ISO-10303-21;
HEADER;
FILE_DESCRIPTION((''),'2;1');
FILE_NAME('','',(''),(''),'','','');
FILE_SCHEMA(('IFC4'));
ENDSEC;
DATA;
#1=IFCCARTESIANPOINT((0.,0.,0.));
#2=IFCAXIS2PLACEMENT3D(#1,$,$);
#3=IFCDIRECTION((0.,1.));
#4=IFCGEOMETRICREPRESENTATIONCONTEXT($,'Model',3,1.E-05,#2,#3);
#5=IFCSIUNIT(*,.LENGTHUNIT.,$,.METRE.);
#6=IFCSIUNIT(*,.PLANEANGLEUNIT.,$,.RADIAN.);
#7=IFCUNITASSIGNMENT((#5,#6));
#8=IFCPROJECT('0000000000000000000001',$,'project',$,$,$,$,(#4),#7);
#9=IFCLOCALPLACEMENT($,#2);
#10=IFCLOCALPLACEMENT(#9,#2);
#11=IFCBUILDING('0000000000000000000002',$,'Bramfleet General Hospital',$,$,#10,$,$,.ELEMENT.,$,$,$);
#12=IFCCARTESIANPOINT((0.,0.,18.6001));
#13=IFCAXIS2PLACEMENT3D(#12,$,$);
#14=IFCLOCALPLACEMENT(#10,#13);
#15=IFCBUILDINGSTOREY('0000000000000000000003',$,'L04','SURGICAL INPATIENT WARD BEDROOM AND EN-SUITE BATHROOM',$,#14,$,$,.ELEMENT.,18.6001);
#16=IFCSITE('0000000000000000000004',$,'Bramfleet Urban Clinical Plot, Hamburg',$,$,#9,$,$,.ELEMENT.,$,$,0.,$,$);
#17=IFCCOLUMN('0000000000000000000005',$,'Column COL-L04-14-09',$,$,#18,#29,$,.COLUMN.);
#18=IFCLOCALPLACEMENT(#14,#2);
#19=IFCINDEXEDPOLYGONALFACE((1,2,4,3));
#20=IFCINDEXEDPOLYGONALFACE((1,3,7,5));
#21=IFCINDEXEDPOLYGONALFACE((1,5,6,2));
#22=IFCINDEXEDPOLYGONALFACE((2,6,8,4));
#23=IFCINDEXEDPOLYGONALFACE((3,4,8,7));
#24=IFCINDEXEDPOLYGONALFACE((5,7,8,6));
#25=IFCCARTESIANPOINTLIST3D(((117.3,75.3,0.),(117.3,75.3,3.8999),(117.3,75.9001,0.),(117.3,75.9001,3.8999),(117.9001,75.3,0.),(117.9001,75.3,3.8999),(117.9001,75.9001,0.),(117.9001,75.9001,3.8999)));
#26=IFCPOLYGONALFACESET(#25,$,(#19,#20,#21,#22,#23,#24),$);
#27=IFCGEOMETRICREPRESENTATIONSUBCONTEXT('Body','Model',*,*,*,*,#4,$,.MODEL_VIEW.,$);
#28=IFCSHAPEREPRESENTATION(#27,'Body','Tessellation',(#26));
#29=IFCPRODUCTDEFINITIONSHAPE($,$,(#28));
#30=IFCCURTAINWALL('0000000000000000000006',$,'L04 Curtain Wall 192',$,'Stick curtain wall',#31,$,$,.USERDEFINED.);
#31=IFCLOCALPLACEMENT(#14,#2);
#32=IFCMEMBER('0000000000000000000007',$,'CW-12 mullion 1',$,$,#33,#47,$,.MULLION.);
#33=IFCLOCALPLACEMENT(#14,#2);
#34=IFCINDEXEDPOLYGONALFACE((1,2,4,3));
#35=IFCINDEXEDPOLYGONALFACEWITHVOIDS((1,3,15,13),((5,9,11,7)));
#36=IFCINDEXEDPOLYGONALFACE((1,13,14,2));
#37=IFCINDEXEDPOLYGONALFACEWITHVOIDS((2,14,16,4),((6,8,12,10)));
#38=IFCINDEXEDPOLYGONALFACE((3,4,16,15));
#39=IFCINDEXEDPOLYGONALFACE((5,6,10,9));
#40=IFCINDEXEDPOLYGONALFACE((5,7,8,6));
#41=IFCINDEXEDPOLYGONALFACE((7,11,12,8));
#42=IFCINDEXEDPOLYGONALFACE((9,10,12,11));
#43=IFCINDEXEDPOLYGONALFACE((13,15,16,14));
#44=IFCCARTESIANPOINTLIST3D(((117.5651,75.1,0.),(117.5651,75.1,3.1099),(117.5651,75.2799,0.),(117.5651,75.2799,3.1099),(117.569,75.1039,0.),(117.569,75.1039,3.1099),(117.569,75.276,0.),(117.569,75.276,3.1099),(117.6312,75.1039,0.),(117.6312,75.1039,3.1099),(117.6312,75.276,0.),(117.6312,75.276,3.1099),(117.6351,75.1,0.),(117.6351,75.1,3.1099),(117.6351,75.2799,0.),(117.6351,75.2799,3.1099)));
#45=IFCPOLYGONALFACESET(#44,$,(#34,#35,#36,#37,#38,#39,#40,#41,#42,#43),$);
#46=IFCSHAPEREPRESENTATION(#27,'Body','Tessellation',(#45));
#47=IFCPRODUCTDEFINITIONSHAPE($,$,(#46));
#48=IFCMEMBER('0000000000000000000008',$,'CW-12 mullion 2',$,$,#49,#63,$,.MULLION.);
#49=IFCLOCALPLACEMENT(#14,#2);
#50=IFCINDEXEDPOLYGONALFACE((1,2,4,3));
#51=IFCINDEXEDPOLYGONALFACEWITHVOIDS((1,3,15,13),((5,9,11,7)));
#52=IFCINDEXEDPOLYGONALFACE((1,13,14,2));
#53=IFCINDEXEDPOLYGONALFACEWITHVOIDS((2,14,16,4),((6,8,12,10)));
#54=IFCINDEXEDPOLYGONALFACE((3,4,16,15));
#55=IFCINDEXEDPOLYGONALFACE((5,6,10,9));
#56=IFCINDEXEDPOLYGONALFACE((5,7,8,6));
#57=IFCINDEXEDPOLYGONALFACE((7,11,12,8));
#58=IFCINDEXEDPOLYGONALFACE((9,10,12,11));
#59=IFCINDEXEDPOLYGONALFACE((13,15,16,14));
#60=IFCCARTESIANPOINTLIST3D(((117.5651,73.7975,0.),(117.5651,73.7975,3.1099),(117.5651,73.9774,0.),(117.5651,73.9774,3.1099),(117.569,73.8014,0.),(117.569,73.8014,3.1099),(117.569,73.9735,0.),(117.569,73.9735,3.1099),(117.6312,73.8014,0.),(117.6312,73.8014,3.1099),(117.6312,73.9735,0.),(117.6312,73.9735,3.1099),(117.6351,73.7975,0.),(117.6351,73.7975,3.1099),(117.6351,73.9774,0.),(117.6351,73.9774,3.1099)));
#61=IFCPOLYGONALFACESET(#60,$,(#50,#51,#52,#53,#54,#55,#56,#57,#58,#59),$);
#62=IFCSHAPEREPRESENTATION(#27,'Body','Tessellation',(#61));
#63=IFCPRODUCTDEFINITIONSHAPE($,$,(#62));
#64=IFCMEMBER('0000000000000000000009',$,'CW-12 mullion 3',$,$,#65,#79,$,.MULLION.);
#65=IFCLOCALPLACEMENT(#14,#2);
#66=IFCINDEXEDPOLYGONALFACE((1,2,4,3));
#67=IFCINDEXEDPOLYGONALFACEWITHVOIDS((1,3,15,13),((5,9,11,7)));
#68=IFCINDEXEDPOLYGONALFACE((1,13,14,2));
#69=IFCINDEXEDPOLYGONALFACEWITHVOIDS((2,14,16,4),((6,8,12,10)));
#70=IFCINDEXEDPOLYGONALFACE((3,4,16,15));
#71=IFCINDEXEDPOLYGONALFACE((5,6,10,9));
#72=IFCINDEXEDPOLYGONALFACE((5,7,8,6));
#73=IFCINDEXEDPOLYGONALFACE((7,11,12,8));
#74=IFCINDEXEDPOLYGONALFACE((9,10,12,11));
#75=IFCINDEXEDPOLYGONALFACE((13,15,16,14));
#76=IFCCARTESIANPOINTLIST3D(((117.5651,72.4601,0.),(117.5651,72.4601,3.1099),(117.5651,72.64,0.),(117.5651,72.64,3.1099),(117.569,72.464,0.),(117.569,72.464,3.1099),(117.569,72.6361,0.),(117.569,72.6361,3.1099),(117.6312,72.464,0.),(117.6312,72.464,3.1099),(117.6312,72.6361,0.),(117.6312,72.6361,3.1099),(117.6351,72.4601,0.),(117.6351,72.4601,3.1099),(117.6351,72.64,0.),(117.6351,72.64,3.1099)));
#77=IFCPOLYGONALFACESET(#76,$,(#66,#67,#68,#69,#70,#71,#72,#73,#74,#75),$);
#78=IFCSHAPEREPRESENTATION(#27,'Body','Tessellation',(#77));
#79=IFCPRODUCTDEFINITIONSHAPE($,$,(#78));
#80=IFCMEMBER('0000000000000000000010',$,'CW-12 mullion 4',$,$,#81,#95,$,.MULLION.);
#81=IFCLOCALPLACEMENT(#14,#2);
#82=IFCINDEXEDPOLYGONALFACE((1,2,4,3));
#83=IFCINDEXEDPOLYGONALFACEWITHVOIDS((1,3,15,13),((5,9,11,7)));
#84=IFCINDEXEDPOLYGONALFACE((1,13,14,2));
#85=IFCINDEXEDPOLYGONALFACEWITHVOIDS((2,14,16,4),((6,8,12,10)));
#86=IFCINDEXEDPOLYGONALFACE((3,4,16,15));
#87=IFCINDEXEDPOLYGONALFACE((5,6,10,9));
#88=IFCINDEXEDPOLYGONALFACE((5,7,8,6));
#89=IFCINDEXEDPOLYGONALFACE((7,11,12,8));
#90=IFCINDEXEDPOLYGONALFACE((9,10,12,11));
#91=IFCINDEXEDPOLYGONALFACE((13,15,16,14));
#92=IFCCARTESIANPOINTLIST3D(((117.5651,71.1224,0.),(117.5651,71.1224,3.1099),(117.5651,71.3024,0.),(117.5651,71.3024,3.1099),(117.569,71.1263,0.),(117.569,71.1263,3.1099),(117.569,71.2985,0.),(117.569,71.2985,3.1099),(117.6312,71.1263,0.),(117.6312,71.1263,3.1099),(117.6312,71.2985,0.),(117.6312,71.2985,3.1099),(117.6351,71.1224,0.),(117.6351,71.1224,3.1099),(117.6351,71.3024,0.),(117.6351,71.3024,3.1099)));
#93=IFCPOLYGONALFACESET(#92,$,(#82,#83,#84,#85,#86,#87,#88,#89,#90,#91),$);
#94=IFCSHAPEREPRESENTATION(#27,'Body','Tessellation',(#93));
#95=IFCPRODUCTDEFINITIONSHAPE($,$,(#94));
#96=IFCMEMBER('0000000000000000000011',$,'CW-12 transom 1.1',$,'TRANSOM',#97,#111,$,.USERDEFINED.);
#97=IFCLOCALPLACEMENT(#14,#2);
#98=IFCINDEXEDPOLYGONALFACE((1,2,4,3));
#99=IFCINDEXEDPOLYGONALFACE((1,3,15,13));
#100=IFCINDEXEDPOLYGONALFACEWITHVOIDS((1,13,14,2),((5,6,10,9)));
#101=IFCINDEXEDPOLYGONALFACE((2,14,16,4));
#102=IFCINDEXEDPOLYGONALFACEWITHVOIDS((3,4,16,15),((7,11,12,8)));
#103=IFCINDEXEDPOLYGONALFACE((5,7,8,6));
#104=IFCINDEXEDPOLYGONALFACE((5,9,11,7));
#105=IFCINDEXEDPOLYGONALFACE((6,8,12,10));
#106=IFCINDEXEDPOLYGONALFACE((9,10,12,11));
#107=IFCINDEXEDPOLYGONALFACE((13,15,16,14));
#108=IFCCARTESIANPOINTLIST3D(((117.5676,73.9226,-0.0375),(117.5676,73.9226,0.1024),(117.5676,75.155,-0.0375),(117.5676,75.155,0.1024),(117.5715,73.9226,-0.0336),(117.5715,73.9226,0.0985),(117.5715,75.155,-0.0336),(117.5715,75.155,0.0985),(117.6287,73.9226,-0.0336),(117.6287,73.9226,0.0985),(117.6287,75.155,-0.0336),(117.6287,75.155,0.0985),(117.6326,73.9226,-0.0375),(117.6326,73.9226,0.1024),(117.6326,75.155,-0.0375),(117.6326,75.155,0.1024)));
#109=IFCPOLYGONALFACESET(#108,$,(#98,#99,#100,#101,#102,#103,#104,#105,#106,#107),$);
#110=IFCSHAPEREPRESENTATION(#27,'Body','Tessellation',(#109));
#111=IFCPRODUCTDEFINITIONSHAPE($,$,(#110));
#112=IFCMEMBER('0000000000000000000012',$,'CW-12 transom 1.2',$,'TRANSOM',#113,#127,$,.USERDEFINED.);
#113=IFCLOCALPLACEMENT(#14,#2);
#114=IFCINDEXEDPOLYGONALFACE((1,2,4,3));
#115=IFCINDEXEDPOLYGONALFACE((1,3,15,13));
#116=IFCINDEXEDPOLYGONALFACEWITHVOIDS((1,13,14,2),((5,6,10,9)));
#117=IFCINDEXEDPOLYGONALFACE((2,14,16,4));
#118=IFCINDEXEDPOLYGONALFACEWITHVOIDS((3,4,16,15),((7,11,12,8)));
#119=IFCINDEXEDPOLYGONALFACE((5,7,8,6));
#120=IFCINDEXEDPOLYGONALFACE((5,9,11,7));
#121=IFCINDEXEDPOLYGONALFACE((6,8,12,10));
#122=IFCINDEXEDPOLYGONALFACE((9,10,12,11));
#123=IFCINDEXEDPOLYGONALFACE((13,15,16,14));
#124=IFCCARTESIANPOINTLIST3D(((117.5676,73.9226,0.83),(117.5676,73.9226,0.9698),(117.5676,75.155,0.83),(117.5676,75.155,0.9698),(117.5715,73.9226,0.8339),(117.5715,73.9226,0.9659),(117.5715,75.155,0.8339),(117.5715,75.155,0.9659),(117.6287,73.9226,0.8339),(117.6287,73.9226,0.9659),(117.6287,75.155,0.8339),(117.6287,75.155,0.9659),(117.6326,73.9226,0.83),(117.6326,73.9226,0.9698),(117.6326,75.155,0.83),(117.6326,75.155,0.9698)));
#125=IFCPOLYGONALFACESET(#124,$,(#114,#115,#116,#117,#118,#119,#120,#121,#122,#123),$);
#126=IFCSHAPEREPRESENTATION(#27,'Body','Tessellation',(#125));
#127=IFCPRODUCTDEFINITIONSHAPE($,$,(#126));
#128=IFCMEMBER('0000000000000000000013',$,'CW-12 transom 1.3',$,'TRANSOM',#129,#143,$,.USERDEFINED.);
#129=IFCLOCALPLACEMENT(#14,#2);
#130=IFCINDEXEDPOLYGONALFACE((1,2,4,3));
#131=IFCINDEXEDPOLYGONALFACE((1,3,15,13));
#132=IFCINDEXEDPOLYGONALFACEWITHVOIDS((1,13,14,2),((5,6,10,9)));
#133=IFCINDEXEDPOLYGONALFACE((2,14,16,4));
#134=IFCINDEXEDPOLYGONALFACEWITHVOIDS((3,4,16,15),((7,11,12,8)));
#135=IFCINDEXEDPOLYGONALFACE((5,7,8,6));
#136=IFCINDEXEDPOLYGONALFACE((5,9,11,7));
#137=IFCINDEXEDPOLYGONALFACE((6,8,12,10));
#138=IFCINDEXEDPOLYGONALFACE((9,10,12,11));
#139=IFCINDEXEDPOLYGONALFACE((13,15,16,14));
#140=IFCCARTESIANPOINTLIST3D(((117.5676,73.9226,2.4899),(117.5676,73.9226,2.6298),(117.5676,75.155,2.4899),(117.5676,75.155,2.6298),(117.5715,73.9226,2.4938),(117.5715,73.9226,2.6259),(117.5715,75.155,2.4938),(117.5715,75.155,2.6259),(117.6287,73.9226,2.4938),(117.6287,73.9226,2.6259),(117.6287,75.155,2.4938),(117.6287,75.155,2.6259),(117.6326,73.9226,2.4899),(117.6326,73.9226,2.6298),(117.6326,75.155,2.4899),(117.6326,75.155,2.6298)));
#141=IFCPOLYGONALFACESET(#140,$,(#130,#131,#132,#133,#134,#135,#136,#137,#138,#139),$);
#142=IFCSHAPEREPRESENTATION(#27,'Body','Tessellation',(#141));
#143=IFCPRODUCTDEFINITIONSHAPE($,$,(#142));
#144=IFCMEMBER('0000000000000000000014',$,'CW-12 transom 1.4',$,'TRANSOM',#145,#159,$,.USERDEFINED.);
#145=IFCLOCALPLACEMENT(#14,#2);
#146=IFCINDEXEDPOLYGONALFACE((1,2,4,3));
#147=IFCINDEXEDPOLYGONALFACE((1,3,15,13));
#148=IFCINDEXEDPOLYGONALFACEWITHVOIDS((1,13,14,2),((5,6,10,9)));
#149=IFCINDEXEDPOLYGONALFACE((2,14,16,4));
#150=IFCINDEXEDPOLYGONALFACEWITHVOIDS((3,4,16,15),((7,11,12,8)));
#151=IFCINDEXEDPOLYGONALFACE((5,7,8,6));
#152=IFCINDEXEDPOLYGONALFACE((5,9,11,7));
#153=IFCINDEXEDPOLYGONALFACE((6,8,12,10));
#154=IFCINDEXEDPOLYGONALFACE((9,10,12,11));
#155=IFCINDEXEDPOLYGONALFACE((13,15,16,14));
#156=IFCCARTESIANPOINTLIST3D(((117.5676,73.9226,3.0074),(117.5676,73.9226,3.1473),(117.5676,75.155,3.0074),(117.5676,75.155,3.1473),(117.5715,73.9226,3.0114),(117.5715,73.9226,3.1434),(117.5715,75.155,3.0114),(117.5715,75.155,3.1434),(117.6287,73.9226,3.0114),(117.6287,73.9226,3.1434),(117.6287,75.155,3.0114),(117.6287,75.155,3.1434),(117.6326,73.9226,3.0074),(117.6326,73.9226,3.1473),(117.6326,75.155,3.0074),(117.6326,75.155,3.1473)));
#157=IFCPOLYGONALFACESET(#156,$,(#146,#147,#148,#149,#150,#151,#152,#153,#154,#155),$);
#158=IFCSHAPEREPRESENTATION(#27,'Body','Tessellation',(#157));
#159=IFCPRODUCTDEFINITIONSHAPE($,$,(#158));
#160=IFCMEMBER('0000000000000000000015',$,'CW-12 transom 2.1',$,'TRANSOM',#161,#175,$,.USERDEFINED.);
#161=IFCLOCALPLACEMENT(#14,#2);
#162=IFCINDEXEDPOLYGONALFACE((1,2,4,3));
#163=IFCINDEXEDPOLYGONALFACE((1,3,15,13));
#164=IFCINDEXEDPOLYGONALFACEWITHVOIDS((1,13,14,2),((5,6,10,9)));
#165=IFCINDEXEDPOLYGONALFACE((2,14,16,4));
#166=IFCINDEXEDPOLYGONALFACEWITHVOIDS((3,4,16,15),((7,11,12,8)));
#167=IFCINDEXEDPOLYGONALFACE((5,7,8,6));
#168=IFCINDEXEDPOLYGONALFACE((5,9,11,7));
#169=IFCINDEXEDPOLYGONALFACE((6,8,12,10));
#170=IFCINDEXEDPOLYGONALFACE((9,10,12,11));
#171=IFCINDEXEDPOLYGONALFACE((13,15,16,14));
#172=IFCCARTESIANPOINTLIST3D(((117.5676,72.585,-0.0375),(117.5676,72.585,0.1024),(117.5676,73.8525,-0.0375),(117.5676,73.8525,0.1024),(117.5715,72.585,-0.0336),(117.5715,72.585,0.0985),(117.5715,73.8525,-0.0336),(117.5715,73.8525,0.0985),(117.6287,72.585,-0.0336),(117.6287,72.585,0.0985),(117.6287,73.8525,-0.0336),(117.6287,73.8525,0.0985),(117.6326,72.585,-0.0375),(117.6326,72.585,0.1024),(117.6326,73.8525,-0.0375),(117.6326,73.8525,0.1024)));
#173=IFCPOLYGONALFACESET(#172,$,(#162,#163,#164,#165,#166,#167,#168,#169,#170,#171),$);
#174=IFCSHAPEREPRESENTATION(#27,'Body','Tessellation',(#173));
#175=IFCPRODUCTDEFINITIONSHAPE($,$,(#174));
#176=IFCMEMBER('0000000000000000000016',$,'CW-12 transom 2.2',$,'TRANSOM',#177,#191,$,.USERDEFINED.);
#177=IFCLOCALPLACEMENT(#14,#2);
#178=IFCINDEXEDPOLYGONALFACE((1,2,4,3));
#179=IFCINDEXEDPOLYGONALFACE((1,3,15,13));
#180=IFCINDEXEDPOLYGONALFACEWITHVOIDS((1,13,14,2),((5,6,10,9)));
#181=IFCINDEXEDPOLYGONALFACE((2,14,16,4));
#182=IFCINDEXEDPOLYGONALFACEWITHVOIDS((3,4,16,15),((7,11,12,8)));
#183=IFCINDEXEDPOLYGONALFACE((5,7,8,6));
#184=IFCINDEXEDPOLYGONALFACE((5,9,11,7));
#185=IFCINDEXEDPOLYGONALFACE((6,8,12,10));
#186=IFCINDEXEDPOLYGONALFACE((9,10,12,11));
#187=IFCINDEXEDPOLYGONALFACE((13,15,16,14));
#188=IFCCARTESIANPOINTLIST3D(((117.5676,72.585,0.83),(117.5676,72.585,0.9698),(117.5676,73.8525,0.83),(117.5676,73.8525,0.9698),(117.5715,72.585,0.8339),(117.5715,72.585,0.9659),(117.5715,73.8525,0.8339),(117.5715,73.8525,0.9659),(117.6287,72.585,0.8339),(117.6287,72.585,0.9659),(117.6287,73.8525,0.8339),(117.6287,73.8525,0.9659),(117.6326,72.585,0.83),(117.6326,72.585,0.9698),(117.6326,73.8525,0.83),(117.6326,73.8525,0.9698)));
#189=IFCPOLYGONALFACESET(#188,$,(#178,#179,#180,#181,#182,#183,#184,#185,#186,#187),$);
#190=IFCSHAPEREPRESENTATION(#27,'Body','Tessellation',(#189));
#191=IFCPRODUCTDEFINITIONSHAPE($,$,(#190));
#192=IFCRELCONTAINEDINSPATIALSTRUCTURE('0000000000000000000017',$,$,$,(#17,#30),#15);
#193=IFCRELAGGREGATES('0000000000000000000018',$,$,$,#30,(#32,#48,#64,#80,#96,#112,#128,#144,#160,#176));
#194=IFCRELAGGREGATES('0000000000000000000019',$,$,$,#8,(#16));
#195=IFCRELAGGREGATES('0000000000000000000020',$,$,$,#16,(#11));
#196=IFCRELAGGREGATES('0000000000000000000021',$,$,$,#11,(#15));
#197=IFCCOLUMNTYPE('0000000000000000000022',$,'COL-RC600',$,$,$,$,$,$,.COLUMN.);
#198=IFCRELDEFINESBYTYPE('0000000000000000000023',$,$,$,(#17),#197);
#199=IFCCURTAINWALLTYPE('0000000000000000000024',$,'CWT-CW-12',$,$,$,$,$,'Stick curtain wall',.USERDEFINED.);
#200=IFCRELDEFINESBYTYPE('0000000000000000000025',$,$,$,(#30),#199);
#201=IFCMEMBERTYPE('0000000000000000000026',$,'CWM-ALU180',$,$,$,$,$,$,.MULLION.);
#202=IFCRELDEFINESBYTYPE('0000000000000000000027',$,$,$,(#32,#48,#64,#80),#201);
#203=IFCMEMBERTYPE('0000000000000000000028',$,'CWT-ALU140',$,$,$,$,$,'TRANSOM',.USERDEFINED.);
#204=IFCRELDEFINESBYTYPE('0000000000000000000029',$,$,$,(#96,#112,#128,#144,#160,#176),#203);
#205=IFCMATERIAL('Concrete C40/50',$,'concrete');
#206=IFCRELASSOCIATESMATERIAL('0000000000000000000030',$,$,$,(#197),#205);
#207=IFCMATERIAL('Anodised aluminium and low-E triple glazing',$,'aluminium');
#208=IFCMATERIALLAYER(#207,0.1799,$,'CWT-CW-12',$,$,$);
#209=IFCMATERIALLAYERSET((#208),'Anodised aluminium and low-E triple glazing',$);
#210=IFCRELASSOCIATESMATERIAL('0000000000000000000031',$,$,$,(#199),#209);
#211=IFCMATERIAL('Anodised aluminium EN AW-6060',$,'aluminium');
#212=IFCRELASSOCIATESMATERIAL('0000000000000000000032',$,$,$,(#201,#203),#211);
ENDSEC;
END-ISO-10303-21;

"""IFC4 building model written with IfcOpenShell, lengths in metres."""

from ifc_helpers import new_model, si_unit, direction, frame, origin, origin_2d, place, context, subcontext, project, spatial, rectangle, hollow_rectangle, extrude, material, layer, layer_set, material_profile, profile_set, type_object, element, aggregate, save


model = new_model("IFC4")

# Units and contexts
model_context = context("Model", 3, precision=1e-05, world=origin(), true_north=direction((0.0, 1.0)))
body_context = subcontext(model_context, "Body", "Model", "MODEL_VIEW")
ifc_project = project(units=[si_unit("LENGTHUNIT", "METRE"), si_unit("PLANEANGLEUNIT", "RADIAN")], contexts=[model_context])

# Site, building, storey
site_placement = place(None, origin())
site = spatial("IfcSite", under=ifc_project, at=site_placement, Name="Bramfleet Urban Clinical Plot, Hamburg", CompositionType="ELEMENT", RefElevation=0.0)
building_placement = place(site_placement, origin())
building = spatial("IfcBuilding", under=site, at=building_placement, Name="Bramfleet General Hospital", CompositionType="ELEMENT")
storey_placement = place(building_placement, frame((0.0, 0.0, 18.6001)))
storey = spatial("IfcBuildingStorey", under=building, at=storey_placement, Name="L04", Description="SURGICAL INPATIENT WARD BEDROOM AND EN-SUITE BATHROOM", CompositionType="ELEMENT", Elevation=18.6001)

# Column
ifc_material_1 = material(Name="Concrete C40/50", Category="concrete")
ifc_material_profile_1 = material_profile(ifc_material_1, rectangle(XDim=0.6001, YDim=0.6001, at=origin_2d()), Name="RC COL 600x600")
ifc_profile_set_1 = profile_set([ifc_material_profile_1], Name="Concrete C40/50")
column_type = type_object("IfcColumnType", Name="COL-RC600", PredefinedType="COLUMN", material=ifc_profile_set_1)
column_placement = place(storey_placement, frame((117.6001, 75.6001, 0.0), z_axis=(0.0, 0.0, 1.0), x_axis=(1.0, 0.0, 0.0)))
element("IfcColumn", 1, at=column_placement, inside=storey, type_object=column_type, Name="Column COL-L04-14-09", PredefinedType="COLUMN", context=body_context, shape_type="SweptSolid", body=[
    extrude(rectangle(XDim=0.6001, YDim=0.6001, at=origin_2d()), origin(), (0.0, 0.0, 1.0), 3.8999),
])

# Curtain wall, members
ifc_material_2 = material(Name="Anodised aluminium and low-E triple glazing", Category="aluminium")
ifc_layer_1 = layer(ifc_material_2, 0.1799, Name="CWT-CW-12")
ifc_layer_set_1 = layer_set([ifc_layer_1], Name="Anodised aluminium and low-E triple glazing")
curtain_wall_type = type_object("IfcCurtainWallType", Name="CWT-CW-12", ElementType="Stick curtain wall", PredefinedType="USERDEFINED", material=ifc_layer_set_1)
curtain_wall_placement = place(storey_placement, origin())
curtain_wall = element("IfcCurtainWall", 2, at=curtain_wall_placement, inside=storey, type_object=curtain_wall_type, Name="L04 Curtain Wall 192", ObjectType="Stick curtain wall", PredefinedType="USERDEFINED")
ifc_material_3 = material(Name="Anodised aluminium EN AW-6060", Category="aluminium")
ifc_material_profile_2 = material_profile(ifc_material_3, hollow_rectangle(XDim=0.0701, YDim=0.1799, WallThickness=0.0039, at=origin_2d()), Name="ALU 180x70x4.0")
ifc_profile_set_2 = profile_set([ifc_material_profile_2], Name="Anodised aluminium EN AW-6060")
member_type_1 = type_object("IfcMemberType", Name="CWM-ALU180", PredefinedType="MULLION", material=ifc_profile_set_2)
member_1_placement = place(storey_placement, frame((117.6001, 75.1899, 0.0), z_axis=(0.0, 0.0, 1.0), x_axis=(1.0, 0.0, 0.0)))
member_1 = element("IfcMember", 3, at=member_1_placement, type_object=member_type_1, Name="CW-12 mullion 1", PredefinedType="MULLION", context=body_context, shape_type="SweptSolid", body=[
    extrude(hollow_rectangle(XDim=0.0701, YDim=0.1799, WallThickness=0.0039, at=origin_2d()), origin(), (0.0, 0.0, 1.0), 3.1099),
])
member_2_placement = place(storey_placement, frame((117.6001, 73.8875, 0.0), z_axis=(0.0, 0.0, 1.0), x_axis=(1.0, 0.0, 0.0)))
member_2 = element("IfcMember", 4, at=member_2_placement, type_object=member_type_1, Name="CW-12 mullion 2", PredefinedType="MULLION", context=body_context, shape_type="SweptSolid", body=[
    extrude(hollow_rectangle(XDim=0.0701, YDim=0.1799, WallThickness=0.0039, at=origin_2d()), origin(), (0.0, 0.0, 1.0), 3.1099),
])
member_3_placement = place(storey_placement, frame((117.6001, 72.55, 0.0), z_axis=(0.0, 0.0, 1.0), x_axis=(1.0, 0.0, 0.0)))
member_3 = element("IfcMember", 5, at=member_3_placement, type_object=member_type_1, Name="CW-12 mullion 3", PredefinedType="MULLION", context=body_context, shape_type="SweptSolid", body=[
    extrude(hollow_rectangle(XDim=0.0701, YDim=0.1799, WallThickness=0.0039, at=origin_2d()), origin(), (0.0, 0.0, 1.0), 3.1099),
])
member_4_placement = place(storey_placement, frame((117.6001, 71.2124, 0.0), z_axis=(0.0, 0.0, 1.0), x_axis=(1.0, 0.0, 0.0)))
member_4 = element("IfcMember", 6, at=member_4_placement, type_object=member_type_1, Name="CW-12 mullion 4", PredefinedType="MULLION", context=body_context, shape_type="SweptSolid", body=[
    extrude(hollow_rectangle(XDim=0.0701, YDim=0.1799, WallThickness=0.0039, at=origin_2d()), origin(), (0.0, 0.0, 1.0), 3.1099),
])
ifc_material_profile_3 = material_profile(ifc_material_3, hollow_rectangle(XDim=0.0649, YDim=0.1399, WallThickness=0.0039, at=origin_2d()), Name="ALU 140x65x4.0")
ifc_profile_set_3 = profile_set([ifc_material_profile_3], Name="Anodised aluminium EN AW-6060")
member_type_2 = type_object("IfcMemberType", Name="CWT-ALU140", ElementType="TRANSOM", PredefinedType="USERDEFINED", material=ifc_profile_set_3)
member_5_placement = place(storey_placement, frame((117.6001, 75.155, 0.0325), z_axis=(0.0, -1.0, 0.0), x_axis=(1.0, 0.0, 0.0)))
member_5 = element("IfcMember", 7, at=member_5_placement, type_object=member_type_2, Name="CW-12 transom 1.1", ObjectType="TRANSOM", PredefinedType="USERDEFINED", context=body_context, shape_type="SweptSolid", body=[
    extrude(hollow_rectangle(XDim=0.0649, YDim=0.1399, WallThickness=0.0039, at=origin_2d()), origin(), (0.0, 0.0, 1.0), 1.2324),
])
member_6_placement = place(storey_placement, frame((117.6001, 75.155, 0.8999), z_axis=(0.0, -1.0, 0.0), x_axis=(1.0, 0.0, 0.0)))
member_6 = element("IfcMember", 8, at=member_6_placement, type_object=member_type_2, Name="CW-12 transom 1.2", ObjectType="TRANSOM", PredefinedType="USERDEFINED", context=body_context, shape_type="SweptSolid", body=[
    extrude(hollow_rectangle(XDim=0.0649, YDim=0.1399, WallThickness=0.0039, at=origin_2d()), origin(), (0.0, 0.0, 1.0), 1.2324),
])
member_7_placement = place(storey_placement, frame((117.6001, 75.155, 2.5598), z_axis=(0.0, -1.0, 0.0), x_axis=(1.0, 0.0, 0.0)))
member_7 = element("IfcMember", 9, at=member_7_placement, type_object=member_type_2, Name="CW-12 transom 1.3", ObjectType="TRANSOM", PredefinedType="USERDEFINED", context=body_context, shape_type="SweptSolid", body=[
    extrude(hollow_rectangle(XDim=0.0649, YDim=0.1399, WallThickness=0.0039, at=origin_2d()), origin(), (0.0, 0.0, 1.0), 1.2324),
])
member_8_placement = place(storey_placement, frame((117.6001, 75.155, 3.0774), z_axis=(0.0, -1.0, 0.0), x_axis=(1.0, 0.0, 0.0)))
member_8 = element("IfcMember", 10, at=member_8_placement, type_object=member_type_2, Name="CW-12 transom 1.4", ObjectType="TRANSOM", PredefinedType="USERDEFINED", context=body_context, shape_type="SweptSolid", body=[
    extrude(hollow_rectangle(XDim=0.0649, YDim=0.1399, WallThickness=0.0039, at=origin_2d()), origin(), (0.0, 0.0, 1.0), 1.2324),
])
member_9_placement = place(storey_placement, frame((117.6001, 73.8525, 0.0325), z_axis=(0.0, -1.0, 0.0), x_axis=(1.0, 0.0, 0.0)))
member_9 = element("IfcMember", 11, at=member_9_placement, type_object=member_type_2, Name="CW-12 transom 2.1", ObjectType="TRANSOM", PredefinedType="USERDEFINED", context=body_context, shape_type="SweptSolid", body=[
    extrude(hollow_rectangle(XDim=0.0649, YDim=0.1399, WallThickness=0.0039, at=origin_2d()), origin(), (0.0, 0.0, 1.0), 1.2676),
])
member_10_placement = place(storey_placement, frame((117.6001, 73.8525, 0.8999), z_axis=(0.0, -1.0, 0.0), x_axis=(1.0, 0.0, 0.0)))
member_10 = element("IfcMember", 12, at=member_10_placement, type_object=member_type_2, Name="CW-12 transom 2.2", ObjectType="TRANSOM", PredefinedType="USERDEFINED", context=body_context, shape_type="SweptSolid", body=[
    extrude(hollow_rectangle(XDim=0.0649, YDim=0.1399, WallThickness=0.0039, at=origin_2d()), origin(), (0.0, 0.0, 1.0), 1.2676),
])
aggregate(curtain_wall, [member_1, member_2, member_3, member_4, member_5, member_6, member_7, member_8, member_9, member_10])

save(model, "model.ifc")
